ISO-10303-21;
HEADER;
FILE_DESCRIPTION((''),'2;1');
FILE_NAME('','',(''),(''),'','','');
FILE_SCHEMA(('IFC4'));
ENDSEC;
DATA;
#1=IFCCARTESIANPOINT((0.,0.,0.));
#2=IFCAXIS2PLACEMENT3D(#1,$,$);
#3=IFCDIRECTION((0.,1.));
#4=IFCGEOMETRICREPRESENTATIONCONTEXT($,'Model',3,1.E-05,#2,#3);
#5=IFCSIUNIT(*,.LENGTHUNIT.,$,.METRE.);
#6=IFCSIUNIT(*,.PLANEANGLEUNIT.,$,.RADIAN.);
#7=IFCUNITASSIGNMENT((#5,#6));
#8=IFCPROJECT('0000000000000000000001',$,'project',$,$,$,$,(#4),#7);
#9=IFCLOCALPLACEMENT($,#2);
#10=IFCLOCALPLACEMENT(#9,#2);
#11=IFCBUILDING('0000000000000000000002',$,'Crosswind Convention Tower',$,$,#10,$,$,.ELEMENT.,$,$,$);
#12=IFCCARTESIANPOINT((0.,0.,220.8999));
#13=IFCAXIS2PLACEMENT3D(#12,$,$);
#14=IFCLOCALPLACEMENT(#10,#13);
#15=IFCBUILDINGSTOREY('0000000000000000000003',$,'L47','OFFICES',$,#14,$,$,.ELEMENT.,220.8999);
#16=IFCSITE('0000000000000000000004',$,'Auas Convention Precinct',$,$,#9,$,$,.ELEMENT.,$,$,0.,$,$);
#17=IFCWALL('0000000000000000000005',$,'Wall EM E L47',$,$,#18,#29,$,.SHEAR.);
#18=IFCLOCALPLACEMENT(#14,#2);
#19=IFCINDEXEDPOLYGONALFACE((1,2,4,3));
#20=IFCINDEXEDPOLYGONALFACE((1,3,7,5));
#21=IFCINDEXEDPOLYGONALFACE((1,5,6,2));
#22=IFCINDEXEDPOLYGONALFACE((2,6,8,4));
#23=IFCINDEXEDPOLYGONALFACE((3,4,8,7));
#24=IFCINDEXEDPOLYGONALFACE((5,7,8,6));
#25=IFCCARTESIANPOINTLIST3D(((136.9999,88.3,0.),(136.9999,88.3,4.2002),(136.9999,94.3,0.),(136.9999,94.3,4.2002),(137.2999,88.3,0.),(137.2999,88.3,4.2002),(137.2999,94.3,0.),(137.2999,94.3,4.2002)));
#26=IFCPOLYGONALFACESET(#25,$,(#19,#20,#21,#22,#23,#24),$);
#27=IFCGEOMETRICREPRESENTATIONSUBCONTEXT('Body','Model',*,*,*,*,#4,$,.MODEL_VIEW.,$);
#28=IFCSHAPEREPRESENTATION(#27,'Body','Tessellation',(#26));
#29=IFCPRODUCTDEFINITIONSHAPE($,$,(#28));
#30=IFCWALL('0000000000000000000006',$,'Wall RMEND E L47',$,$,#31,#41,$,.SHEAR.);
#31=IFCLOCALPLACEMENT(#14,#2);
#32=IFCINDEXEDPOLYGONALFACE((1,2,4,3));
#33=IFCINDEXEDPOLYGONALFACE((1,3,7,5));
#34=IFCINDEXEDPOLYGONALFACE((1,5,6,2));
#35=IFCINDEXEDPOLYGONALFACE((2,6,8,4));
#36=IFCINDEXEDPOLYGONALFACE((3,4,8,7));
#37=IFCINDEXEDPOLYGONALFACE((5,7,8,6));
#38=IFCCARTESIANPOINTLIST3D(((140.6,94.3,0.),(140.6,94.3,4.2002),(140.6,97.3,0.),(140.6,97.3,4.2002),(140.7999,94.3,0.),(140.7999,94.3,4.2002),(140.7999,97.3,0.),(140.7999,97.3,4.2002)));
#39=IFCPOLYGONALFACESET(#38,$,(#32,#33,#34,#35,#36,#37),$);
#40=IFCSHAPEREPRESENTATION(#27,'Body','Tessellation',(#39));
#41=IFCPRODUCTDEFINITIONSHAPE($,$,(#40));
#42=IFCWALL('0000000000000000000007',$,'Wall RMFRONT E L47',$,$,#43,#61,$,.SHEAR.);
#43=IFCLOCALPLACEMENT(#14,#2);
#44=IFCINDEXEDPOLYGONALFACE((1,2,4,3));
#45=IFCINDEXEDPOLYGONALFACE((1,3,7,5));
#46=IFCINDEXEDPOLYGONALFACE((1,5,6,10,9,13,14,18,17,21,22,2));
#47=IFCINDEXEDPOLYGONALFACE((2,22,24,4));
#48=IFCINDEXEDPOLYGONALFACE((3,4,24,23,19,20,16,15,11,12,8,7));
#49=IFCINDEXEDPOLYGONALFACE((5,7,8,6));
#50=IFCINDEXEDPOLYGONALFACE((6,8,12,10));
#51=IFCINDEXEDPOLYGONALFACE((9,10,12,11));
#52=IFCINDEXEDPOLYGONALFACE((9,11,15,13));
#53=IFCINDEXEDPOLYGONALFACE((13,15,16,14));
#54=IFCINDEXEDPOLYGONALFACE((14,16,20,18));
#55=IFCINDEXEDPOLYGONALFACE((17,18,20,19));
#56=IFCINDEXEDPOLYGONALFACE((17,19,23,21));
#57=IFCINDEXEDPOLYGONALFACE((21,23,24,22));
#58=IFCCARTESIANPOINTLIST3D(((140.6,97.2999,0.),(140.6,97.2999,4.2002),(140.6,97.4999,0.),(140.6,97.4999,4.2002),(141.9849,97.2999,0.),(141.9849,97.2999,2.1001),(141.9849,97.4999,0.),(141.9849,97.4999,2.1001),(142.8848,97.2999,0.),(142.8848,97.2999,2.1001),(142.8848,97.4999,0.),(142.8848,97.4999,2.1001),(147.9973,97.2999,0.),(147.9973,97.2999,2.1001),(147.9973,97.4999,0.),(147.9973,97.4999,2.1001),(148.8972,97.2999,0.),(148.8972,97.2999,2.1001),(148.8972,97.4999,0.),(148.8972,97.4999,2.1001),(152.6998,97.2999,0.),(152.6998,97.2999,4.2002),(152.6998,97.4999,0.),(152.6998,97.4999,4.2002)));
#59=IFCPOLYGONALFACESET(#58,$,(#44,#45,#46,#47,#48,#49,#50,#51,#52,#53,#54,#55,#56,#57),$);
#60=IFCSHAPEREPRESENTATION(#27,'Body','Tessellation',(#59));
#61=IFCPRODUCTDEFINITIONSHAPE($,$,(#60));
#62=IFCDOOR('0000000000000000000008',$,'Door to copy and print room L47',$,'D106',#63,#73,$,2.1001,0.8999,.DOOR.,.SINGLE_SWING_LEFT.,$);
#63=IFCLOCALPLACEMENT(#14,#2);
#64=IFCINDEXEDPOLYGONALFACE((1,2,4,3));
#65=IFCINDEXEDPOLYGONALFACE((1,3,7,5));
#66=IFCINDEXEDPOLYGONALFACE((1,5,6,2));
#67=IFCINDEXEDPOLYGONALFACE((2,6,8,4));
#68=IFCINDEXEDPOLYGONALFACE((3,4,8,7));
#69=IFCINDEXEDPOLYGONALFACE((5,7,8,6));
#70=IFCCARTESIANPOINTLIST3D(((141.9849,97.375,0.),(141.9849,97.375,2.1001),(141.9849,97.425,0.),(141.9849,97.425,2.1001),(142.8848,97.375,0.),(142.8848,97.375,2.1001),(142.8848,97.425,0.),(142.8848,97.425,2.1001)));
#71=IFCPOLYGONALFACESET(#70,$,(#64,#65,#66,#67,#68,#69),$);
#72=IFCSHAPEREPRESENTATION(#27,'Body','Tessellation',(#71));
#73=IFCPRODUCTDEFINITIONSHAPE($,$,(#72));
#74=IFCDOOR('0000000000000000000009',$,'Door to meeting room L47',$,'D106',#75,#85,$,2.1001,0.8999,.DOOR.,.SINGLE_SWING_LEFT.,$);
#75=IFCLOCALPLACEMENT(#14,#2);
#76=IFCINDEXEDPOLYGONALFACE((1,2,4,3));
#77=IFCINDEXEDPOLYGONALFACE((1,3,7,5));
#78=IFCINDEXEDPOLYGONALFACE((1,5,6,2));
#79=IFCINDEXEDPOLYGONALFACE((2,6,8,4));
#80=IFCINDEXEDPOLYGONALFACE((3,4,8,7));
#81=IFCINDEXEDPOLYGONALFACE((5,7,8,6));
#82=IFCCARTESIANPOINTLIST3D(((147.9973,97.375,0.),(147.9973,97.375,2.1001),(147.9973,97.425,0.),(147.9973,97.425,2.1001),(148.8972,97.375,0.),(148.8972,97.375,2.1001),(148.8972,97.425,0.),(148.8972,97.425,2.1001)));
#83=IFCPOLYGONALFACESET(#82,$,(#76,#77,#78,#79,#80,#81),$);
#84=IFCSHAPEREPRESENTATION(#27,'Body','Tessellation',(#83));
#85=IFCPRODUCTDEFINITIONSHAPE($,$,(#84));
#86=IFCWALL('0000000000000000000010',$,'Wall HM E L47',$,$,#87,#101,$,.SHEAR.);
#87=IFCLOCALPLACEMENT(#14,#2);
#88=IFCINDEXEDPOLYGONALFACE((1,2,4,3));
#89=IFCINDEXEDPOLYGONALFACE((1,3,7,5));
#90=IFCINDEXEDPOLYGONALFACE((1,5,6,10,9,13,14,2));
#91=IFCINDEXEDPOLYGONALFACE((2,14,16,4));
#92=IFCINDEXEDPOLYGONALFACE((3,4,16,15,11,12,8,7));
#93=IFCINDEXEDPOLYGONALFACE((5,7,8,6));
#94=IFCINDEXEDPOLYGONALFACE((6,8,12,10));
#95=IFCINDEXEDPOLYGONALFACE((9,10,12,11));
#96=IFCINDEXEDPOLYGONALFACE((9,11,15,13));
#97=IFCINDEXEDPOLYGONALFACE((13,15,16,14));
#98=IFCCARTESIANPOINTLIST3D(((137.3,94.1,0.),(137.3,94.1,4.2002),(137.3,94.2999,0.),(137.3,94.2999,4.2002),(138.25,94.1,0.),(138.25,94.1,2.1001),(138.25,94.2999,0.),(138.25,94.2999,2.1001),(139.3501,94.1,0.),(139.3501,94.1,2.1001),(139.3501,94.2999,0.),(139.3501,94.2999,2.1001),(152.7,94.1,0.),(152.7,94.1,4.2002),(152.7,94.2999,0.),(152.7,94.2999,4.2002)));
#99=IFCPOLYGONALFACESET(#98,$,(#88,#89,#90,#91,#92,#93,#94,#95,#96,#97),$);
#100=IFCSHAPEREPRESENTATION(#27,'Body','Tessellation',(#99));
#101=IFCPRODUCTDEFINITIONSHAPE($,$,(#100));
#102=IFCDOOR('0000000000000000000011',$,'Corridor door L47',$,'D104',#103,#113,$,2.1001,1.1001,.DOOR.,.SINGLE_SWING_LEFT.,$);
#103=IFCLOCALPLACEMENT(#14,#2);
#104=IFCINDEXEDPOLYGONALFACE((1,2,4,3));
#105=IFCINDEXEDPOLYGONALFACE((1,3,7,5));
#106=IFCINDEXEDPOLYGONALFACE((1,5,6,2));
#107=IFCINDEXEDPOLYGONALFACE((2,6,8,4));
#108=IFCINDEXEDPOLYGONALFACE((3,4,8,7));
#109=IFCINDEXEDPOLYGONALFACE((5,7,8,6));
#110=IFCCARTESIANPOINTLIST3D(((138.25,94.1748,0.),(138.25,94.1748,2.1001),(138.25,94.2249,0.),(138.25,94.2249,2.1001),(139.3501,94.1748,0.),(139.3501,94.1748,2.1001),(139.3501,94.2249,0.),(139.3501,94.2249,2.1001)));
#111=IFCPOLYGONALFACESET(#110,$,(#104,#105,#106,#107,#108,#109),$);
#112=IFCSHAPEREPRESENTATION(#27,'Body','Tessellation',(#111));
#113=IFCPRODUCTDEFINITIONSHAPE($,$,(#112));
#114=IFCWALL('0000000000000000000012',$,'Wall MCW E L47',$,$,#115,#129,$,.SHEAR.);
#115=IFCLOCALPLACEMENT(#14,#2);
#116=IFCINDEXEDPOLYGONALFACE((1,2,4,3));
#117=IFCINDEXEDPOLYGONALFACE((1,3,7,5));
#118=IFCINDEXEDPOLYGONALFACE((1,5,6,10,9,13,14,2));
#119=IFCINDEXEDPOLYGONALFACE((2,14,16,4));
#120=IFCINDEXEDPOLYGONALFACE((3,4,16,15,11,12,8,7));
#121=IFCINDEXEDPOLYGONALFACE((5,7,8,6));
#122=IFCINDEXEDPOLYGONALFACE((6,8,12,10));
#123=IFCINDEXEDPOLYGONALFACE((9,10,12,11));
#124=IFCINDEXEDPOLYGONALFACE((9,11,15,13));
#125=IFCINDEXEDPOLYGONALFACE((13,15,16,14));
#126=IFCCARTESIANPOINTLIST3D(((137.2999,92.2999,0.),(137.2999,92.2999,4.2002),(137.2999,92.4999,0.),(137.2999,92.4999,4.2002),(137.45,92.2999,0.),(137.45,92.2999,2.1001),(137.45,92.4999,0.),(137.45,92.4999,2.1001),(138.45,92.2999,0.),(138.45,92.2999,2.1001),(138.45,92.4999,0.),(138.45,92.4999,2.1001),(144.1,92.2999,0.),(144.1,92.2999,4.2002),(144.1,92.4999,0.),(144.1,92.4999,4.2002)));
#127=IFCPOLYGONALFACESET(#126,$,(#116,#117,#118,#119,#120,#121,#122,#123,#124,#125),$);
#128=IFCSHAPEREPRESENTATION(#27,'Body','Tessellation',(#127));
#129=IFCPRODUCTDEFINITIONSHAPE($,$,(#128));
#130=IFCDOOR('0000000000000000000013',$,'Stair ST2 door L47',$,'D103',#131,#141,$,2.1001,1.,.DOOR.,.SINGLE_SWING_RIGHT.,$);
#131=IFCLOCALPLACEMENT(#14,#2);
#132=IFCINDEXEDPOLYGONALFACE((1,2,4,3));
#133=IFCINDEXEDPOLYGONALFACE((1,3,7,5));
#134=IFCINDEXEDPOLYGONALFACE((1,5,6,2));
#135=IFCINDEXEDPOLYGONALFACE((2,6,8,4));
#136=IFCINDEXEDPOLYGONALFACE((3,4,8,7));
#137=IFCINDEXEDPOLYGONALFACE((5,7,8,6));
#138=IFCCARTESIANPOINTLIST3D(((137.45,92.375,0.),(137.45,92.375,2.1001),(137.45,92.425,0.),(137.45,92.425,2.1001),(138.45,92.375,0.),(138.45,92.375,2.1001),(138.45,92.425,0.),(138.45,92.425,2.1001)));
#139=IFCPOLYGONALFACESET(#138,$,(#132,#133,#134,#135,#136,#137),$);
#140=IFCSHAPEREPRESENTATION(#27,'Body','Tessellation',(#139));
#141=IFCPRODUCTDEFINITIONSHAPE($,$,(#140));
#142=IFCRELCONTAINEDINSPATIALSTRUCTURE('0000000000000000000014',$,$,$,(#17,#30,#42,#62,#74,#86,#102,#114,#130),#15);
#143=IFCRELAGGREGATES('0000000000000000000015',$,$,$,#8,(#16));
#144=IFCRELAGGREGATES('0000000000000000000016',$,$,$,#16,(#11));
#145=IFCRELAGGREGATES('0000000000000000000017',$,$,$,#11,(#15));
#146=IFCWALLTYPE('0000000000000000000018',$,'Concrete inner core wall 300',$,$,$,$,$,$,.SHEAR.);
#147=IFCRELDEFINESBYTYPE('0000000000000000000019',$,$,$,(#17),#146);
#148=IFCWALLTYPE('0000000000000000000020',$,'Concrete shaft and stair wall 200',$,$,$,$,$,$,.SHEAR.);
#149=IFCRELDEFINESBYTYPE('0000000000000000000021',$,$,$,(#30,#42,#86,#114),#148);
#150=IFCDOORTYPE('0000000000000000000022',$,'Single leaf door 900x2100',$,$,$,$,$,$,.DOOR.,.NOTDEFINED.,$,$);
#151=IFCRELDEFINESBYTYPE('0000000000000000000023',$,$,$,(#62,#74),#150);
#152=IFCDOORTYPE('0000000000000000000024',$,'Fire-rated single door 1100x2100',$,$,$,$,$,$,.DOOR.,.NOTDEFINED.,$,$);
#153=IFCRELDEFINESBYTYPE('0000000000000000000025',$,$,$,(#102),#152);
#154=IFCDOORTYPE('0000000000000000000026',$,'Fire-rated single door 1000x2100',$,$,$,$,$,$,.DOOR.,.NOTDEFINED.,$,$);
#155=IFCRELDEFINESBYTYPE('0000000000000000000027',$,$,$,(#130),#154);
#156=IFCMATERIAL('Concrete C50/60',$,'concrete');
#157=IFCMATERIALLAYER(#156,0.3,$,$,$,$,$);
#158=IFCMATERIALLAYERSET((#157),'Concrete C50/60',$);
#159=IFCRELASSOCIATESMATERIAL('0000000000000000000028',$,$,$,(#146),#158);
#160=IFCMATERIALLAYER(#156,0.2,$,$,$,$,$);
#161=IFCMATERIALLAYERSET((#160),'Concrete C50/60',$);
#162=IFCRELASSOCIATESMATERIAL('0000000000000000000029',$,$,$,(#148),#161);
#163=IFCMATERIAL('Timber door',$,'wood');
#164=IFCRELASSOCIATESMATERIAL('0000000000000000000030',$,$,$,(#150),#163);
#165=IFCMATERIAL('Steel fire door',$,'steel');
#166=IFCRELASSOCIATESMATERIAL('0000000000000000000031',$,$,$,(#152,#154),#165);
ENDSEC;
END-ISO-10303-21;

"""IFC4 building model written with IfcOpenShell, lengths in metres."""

from ifc_helpers import new_model, si_unit, direction, frame, frame_2d, origin, place, context, subcontext, project, spatial, rectangle, extrude, material, layer, layer_set, type_object, element, fill, save


model = new_model("IFC4")

# Units and contexts
model_context = context("Model", 3, precision=1e-05, world=origin(), true_north=direction((0.0, 1.0)))
body_context = subcontext(model_context, "Body", "Model", "MODEL_VIEW")
ifc_project = project(units=[si_unit("LENGTHUNIT", "METRE"), si_unit("PLANEANGLEUNIT", "RADIAN")], contexts=[model_context])

# Site, building, storey
site_placement = place(None, origin())
site = spatial("IfcSite", under=ifc_project, at=site_placement, Name="Auas Convention Precinct", CompositionType="ELEMENT", RefElevation=0.0)
building_placement = place(site_placement, origin())
building = spatial("IfcBuilding", under=site, at=building_placement, Name="Crosswind Convention Tower", CompositionType="ELEMENT")
storey_placement = place(building_placement, frame((0.0, 0.0, 220.8999)))
storey = spatial("IfcBuildingStorey", under=building, at=storey_placement, Name="L47", Description="OFFICES", CompositionType="ELEMENT", Elevation=220.8999)

# Shared definitions
ifc_material_1 = material(Name="Concrete C50/60", Category="concrete")
ifc_layer_1 = layer(ifc_material_1, 0.3)
ifc_layer_set_1 = layer_set([ifc_layer_1], Name="Concrete C50/60")
wall_type_1 = type_object("IfcWallType", Name="Concrete inner core wall 300", PredefinedType="SHEAR", material=ifc_layer_set_1)

# Walls
wall_1_placement = place(storey_placement, frame((137.1499, 88.3, 0.0), z_axis=(0.0, 0.0, 1.0), x_axis=(0.0, 1.0, 0.0)))
element("IfcWall", 1, at=wall_1_placement, inside=storey, type_object=wall_type_1, Name="Wall EM E L47", PredefinedType="SHEAR", context=body_context, shape_type="SweptSolid", body=[
    extrude(rectangle(XDim=6.0, YDim=0.3, at=frame_2d((3.0, 0.0))), origin(), (0.0, 0.0, 1.0), 4.2002),
])
ifc_layer_2 = layer(ifc_material_1, 0.2)
ifc_layer_set_2 = layer_set([ifc_layer_2], Name="Concrete C50/60")
wall_type_2 = type_object("IfcWallType", Name="Concrete shaft and stair wall 200", PredefinedType="SHEAR", material=ifc_layer_set_2)
wall_2_placement = place(storey_placement, frame((140.7, 94.3, 0.0), z_axis=(0.0, 0.0, 1.0), x_axis=(0.0, 1.0, 0.0)))
element("IfcWall", 2, at=wall_2_placement, inside=storey, type_object=wall_type_2, Name="Wall RMEND E L47", PredefinedType="SHEAR", context=body_context, shape_type="SweptSolid", body=[
    extrude(rectangle(XDim=3.0, YDim=0.2, at=frame_2d((1.5, 0.0))), origin(), (0.0, 0.0, 1.0), 4.2002),
])

# Wall, openings, doors
wall_3_placement = place(storey_placement, frame((140.6001, 97.3999, 0.0), z_axis=(0.0, 0.0, 1.0), x_axis=(1.0, 0.0, 0.0)))
wall_3 = element("IfcWall", 3, at=wall_3_placement, inside=storey, type_object=wall_type_2, Name="Wall RMFRONT E L47", PredefinedType="SHEAR", context=body_context, shape_type="SweptSolid", body=[
    extrude(rectangle(XDim=12.0999, YDim=0.2, at=frame_2d((6.0498, 0.0))), origin(), (0.0, 0.0, 1.0), 4.2002),
])
opening_1_placement = place(wall_3_placement, frame((1.3848, 0.0, 0.0)))
opening_1 = element("IfcOpeningElement", 4, at=opening_1_placement, cuts=wall_3, PredefinedType="OPENING", context=body_context, shape_type="SweptSolid", body=[
    extrude(rectangle(XDim=0.8999, YDim=2.1001, at=frame_2d((0.45, 1.05))), frame((0.0, 0.1099, 0.0), z_axis=(0.0, -1.0, 0.0), x_axis=(1.0, 0.0, 0.0)), (0.0, 0.0, 1.0), 0.22),
])
opening_2_placement = place(wall_3_placement, frame((7.3972, 0.0, 0.0)))
opening_2 = element("IfcOpeningElement", 5, at=opening_2_placement, cuts=wall_3, PredefinedType="OPENING", context=body_context, shape_type="SweptSolid", body=[
    extrude(rectangle(XDim=0.8999, YDim=2.1001, at=frame_2d((0.45, 1.05))), frame((0.0, 0.1099, 0.0), z_axis=(0.0, -1.0, 0.0), x_axis=(1.0, 0.0, 0.0)), (0.0, 0.0, 1.0), 0.22),
])
ifc_material_2 = material(Name="Timber door", Category="wood")
door_type_1 = type_object("IfcDoorType", Name="Single leaf door 900x2100", OperationType="NOTDEFINED", PredefinedType="DOOR", material=ifc_material_2)
door_1_placement = place(opening_1_placement, frame((0.8999, 0.0, 0.0), z_axis=(0.0, 0.0, 1.0), x_axis=(-1.0, 0.0, 0.0)))
door_1 = element("IfcDoor", 6, at=door_1_placement, inside=storey, type_object=door_type_1, Name="Door to copy and print room L47", ObjectType="D106", OperationType="SINGLE_SWING_LEFT", OverallHeight=2.1001, OverallWidth=0.8999, PredefinedType="DOOR", context=body_context, shape_type="SweptSolid", body=[
    extrude(rectangle(XDim=0.8999, YDim=2.1001, at=frame_2d((0.45, 1.05))), frame((0.0, 0.0249, 0.0), z_axis=(0.0, -1.0, 0.0), x_axis=(1.0, 0.0, 0.0)), (0.0, 0.0, 1.0), 0.05),
])
fill(opening_1, door_1)
door_2_placement = place(opening_2_placement, frame((0.8999, 0.0, 0.0), z_axis=(0.0, 0.0, 1.0), x_axis=(-1.0, 0.0, 0.0)))
door_2 = element("IfcDoor", 7, at=door_2_placement, inside=storey, type_object=door_type_1, Name="Door to meeting room L47", ObjectType="D106", OperationType="SINGLE_SWING_LEFT", OverallHeight=2.1001, OverallWidth=0.8999, PredefinedType="DOOR", context=body_context, shape_type="SweptSolid", body=[
    extrude(rectangle(XDim=0.8999, YDim=2.1001, at=frame_2d((0.45, 1.05))), frame((0.0, 0.0249, 0.0), z_axis=(0.0, -1.0, 0.0), x_axis=(1.0, 0.0, 0.0)), (0.0, 0.0, 1.0), 0.05),
])
fill(opening_2, door_2)

# Walls, openings, doors
wall_4_placement = place(storey_placement, frame((137.3, 94.2, 0.0), z_axis=(0.0, 0.0, 1.0), x_axis=(1.0, 0.0, 0.0)))
wall_4 = element("IfcWall", 8, at=wall_4_placement, inside=storey, type_object=wall_type_2, Name="Wall HM E L47", PredefinedType="SHEAR", context=body_context, shape_type="SweptSolid", body=[
    extrude(rectangle(XDim=15.3999, YDim=0.2, at=frame_2d((7.7, 0.0))), origin(), (0.0, 0.0, 1.0), 4.2002),
])
opening_3_placement = place(wall_4_placement, frame((0.95, 0.0, 0.0)))
opening_3 = element("IfcOpeningElement", 9, at=opening_3_placement, cuts=wall_4, PredefinedType="OPENING", context=body_context, shape_type="SweptSolid", body=[
    extrude(rectangle(XDim=1.1001, YDim=2.1001, at=frame_2d((0.55, 1.05))), frame((0.0, 0.1099, 0.0), z_axis=(0.0, -1.0, 0.0), x_axis=(1.0, 0.0, 0.0)), (0.0, 0.0, 1.0), 0.22),
])
ifc_material_3 = material(Name="Steel fire door", Category="steel")
door_type_2 = type_object("IfcDoorType", Name="Fire-rated single door 1100x2100", OperationType="NOTDEFINED", PredefinedType="DOOR", material=ifc_material_3)
door_3_placement = place(opening_3_placement, origin())
door_3 = element("IfcDoor", 10, at=door_3_placement, inside=storey, type_object=door_type_2, Name="Corridor door L47", ObjectType="D104", OperationType="SINGLE_SWING_LEFT", OverallHeight=2.1001, OverallWidth=1.1001, PredefinedType="DOOR", context=body_context, shape_type="SweptSolid", body=[
    extrude(rectangle(XDim=1.1001, YDim=2.1001, at=frame_2d((0.55, 1.05))), frame((0.0, 0.0249, 0.0), z_axis=(0.0, -1.0, 0.0), x_axis=(1.0, 0.0, 0.0)), (0.0, 0.0, 1.0), 0.05),
])
fill(opening_3, door_3)
wall_5_placement = place(storey_placement, frame((137.3, 92.3999, 0.0), z_axis=(0.0, 0.0, 1.0), x_axis=(1.0, 0.0, 0.0)))
wall_5 = element("IfcWall", 11, at=wall_5_placement, inside=storey, type_object=wall_type_2, Name="Wall MCW E L47", PredefinedType="SHEAR", context=body_context, shape_type="SweptSolid", body=[
    extrude(rectangle(XDim=6.8, YDim=0.2, at=frame_2d((3.3999, 0.0))), origin(), (0.0, 0.0, 1.0), 4.2002),
])
opening_4_placement = place(wall_5_placement, frame((0.1499, 0.0, 0.0)))
opening_4 = element("IfcOpeningElement", 12, at=opening_4_placement, cuts=wall_5, PredefinedType="OPENING", context=body_context, shape_type="SweptSolid", body=[
    extrude(rectangle(XDim=1.0, YDim=2.1001, at=frame_2d((0.5, 1.05))), frame((0.0, 0.1099, 0.0), z_axis=(0.0, -1.0, 0.0), x_axis=(1.0, 0.0, 0.0)), (0.0, 0.0, 1.0), 0.22),
])
door_type_3 = type_object("IfcDoorType", Name="Fire-rated single door 1000x2100", OperationType="NOTDEFINED", PredefinedType="DOOR", material=ifc_material_3)
door_4_placement = place(opening_4_placement, frame((1.0, 0.0, 0.0), z_axis=(0.0, 0.0, 1.0), x_axis=(-1.0, 0.0, 0.0)))
door_4 = element("IfcDoor", 13, at=door_4_placement, inside=storey, type_object=door_type_3, Name="Stair ST2 door L47", ObjectType="D103", OperationType="SINGLE_SWING_RIGHT", OverallHeight=2.1001, OverallWidth=1.0, PredefinedType="DOOR", context=body_context, shape_type="SweptSolid", body=[
    extrude(rectangle(XDim=1.0, YDim=2.1001, at=frame_2d((0.5, 1.05))), frame((0.0, 0.0249, 0.0), z_axis=(0.0, -1.0, 0.0), x_axis=(1.0, 0.0, 0.0)), (0.0, 0.0, 1.0), 0.05),
])
fill(opening_4, door_4)

save(model, "model.ifc")
